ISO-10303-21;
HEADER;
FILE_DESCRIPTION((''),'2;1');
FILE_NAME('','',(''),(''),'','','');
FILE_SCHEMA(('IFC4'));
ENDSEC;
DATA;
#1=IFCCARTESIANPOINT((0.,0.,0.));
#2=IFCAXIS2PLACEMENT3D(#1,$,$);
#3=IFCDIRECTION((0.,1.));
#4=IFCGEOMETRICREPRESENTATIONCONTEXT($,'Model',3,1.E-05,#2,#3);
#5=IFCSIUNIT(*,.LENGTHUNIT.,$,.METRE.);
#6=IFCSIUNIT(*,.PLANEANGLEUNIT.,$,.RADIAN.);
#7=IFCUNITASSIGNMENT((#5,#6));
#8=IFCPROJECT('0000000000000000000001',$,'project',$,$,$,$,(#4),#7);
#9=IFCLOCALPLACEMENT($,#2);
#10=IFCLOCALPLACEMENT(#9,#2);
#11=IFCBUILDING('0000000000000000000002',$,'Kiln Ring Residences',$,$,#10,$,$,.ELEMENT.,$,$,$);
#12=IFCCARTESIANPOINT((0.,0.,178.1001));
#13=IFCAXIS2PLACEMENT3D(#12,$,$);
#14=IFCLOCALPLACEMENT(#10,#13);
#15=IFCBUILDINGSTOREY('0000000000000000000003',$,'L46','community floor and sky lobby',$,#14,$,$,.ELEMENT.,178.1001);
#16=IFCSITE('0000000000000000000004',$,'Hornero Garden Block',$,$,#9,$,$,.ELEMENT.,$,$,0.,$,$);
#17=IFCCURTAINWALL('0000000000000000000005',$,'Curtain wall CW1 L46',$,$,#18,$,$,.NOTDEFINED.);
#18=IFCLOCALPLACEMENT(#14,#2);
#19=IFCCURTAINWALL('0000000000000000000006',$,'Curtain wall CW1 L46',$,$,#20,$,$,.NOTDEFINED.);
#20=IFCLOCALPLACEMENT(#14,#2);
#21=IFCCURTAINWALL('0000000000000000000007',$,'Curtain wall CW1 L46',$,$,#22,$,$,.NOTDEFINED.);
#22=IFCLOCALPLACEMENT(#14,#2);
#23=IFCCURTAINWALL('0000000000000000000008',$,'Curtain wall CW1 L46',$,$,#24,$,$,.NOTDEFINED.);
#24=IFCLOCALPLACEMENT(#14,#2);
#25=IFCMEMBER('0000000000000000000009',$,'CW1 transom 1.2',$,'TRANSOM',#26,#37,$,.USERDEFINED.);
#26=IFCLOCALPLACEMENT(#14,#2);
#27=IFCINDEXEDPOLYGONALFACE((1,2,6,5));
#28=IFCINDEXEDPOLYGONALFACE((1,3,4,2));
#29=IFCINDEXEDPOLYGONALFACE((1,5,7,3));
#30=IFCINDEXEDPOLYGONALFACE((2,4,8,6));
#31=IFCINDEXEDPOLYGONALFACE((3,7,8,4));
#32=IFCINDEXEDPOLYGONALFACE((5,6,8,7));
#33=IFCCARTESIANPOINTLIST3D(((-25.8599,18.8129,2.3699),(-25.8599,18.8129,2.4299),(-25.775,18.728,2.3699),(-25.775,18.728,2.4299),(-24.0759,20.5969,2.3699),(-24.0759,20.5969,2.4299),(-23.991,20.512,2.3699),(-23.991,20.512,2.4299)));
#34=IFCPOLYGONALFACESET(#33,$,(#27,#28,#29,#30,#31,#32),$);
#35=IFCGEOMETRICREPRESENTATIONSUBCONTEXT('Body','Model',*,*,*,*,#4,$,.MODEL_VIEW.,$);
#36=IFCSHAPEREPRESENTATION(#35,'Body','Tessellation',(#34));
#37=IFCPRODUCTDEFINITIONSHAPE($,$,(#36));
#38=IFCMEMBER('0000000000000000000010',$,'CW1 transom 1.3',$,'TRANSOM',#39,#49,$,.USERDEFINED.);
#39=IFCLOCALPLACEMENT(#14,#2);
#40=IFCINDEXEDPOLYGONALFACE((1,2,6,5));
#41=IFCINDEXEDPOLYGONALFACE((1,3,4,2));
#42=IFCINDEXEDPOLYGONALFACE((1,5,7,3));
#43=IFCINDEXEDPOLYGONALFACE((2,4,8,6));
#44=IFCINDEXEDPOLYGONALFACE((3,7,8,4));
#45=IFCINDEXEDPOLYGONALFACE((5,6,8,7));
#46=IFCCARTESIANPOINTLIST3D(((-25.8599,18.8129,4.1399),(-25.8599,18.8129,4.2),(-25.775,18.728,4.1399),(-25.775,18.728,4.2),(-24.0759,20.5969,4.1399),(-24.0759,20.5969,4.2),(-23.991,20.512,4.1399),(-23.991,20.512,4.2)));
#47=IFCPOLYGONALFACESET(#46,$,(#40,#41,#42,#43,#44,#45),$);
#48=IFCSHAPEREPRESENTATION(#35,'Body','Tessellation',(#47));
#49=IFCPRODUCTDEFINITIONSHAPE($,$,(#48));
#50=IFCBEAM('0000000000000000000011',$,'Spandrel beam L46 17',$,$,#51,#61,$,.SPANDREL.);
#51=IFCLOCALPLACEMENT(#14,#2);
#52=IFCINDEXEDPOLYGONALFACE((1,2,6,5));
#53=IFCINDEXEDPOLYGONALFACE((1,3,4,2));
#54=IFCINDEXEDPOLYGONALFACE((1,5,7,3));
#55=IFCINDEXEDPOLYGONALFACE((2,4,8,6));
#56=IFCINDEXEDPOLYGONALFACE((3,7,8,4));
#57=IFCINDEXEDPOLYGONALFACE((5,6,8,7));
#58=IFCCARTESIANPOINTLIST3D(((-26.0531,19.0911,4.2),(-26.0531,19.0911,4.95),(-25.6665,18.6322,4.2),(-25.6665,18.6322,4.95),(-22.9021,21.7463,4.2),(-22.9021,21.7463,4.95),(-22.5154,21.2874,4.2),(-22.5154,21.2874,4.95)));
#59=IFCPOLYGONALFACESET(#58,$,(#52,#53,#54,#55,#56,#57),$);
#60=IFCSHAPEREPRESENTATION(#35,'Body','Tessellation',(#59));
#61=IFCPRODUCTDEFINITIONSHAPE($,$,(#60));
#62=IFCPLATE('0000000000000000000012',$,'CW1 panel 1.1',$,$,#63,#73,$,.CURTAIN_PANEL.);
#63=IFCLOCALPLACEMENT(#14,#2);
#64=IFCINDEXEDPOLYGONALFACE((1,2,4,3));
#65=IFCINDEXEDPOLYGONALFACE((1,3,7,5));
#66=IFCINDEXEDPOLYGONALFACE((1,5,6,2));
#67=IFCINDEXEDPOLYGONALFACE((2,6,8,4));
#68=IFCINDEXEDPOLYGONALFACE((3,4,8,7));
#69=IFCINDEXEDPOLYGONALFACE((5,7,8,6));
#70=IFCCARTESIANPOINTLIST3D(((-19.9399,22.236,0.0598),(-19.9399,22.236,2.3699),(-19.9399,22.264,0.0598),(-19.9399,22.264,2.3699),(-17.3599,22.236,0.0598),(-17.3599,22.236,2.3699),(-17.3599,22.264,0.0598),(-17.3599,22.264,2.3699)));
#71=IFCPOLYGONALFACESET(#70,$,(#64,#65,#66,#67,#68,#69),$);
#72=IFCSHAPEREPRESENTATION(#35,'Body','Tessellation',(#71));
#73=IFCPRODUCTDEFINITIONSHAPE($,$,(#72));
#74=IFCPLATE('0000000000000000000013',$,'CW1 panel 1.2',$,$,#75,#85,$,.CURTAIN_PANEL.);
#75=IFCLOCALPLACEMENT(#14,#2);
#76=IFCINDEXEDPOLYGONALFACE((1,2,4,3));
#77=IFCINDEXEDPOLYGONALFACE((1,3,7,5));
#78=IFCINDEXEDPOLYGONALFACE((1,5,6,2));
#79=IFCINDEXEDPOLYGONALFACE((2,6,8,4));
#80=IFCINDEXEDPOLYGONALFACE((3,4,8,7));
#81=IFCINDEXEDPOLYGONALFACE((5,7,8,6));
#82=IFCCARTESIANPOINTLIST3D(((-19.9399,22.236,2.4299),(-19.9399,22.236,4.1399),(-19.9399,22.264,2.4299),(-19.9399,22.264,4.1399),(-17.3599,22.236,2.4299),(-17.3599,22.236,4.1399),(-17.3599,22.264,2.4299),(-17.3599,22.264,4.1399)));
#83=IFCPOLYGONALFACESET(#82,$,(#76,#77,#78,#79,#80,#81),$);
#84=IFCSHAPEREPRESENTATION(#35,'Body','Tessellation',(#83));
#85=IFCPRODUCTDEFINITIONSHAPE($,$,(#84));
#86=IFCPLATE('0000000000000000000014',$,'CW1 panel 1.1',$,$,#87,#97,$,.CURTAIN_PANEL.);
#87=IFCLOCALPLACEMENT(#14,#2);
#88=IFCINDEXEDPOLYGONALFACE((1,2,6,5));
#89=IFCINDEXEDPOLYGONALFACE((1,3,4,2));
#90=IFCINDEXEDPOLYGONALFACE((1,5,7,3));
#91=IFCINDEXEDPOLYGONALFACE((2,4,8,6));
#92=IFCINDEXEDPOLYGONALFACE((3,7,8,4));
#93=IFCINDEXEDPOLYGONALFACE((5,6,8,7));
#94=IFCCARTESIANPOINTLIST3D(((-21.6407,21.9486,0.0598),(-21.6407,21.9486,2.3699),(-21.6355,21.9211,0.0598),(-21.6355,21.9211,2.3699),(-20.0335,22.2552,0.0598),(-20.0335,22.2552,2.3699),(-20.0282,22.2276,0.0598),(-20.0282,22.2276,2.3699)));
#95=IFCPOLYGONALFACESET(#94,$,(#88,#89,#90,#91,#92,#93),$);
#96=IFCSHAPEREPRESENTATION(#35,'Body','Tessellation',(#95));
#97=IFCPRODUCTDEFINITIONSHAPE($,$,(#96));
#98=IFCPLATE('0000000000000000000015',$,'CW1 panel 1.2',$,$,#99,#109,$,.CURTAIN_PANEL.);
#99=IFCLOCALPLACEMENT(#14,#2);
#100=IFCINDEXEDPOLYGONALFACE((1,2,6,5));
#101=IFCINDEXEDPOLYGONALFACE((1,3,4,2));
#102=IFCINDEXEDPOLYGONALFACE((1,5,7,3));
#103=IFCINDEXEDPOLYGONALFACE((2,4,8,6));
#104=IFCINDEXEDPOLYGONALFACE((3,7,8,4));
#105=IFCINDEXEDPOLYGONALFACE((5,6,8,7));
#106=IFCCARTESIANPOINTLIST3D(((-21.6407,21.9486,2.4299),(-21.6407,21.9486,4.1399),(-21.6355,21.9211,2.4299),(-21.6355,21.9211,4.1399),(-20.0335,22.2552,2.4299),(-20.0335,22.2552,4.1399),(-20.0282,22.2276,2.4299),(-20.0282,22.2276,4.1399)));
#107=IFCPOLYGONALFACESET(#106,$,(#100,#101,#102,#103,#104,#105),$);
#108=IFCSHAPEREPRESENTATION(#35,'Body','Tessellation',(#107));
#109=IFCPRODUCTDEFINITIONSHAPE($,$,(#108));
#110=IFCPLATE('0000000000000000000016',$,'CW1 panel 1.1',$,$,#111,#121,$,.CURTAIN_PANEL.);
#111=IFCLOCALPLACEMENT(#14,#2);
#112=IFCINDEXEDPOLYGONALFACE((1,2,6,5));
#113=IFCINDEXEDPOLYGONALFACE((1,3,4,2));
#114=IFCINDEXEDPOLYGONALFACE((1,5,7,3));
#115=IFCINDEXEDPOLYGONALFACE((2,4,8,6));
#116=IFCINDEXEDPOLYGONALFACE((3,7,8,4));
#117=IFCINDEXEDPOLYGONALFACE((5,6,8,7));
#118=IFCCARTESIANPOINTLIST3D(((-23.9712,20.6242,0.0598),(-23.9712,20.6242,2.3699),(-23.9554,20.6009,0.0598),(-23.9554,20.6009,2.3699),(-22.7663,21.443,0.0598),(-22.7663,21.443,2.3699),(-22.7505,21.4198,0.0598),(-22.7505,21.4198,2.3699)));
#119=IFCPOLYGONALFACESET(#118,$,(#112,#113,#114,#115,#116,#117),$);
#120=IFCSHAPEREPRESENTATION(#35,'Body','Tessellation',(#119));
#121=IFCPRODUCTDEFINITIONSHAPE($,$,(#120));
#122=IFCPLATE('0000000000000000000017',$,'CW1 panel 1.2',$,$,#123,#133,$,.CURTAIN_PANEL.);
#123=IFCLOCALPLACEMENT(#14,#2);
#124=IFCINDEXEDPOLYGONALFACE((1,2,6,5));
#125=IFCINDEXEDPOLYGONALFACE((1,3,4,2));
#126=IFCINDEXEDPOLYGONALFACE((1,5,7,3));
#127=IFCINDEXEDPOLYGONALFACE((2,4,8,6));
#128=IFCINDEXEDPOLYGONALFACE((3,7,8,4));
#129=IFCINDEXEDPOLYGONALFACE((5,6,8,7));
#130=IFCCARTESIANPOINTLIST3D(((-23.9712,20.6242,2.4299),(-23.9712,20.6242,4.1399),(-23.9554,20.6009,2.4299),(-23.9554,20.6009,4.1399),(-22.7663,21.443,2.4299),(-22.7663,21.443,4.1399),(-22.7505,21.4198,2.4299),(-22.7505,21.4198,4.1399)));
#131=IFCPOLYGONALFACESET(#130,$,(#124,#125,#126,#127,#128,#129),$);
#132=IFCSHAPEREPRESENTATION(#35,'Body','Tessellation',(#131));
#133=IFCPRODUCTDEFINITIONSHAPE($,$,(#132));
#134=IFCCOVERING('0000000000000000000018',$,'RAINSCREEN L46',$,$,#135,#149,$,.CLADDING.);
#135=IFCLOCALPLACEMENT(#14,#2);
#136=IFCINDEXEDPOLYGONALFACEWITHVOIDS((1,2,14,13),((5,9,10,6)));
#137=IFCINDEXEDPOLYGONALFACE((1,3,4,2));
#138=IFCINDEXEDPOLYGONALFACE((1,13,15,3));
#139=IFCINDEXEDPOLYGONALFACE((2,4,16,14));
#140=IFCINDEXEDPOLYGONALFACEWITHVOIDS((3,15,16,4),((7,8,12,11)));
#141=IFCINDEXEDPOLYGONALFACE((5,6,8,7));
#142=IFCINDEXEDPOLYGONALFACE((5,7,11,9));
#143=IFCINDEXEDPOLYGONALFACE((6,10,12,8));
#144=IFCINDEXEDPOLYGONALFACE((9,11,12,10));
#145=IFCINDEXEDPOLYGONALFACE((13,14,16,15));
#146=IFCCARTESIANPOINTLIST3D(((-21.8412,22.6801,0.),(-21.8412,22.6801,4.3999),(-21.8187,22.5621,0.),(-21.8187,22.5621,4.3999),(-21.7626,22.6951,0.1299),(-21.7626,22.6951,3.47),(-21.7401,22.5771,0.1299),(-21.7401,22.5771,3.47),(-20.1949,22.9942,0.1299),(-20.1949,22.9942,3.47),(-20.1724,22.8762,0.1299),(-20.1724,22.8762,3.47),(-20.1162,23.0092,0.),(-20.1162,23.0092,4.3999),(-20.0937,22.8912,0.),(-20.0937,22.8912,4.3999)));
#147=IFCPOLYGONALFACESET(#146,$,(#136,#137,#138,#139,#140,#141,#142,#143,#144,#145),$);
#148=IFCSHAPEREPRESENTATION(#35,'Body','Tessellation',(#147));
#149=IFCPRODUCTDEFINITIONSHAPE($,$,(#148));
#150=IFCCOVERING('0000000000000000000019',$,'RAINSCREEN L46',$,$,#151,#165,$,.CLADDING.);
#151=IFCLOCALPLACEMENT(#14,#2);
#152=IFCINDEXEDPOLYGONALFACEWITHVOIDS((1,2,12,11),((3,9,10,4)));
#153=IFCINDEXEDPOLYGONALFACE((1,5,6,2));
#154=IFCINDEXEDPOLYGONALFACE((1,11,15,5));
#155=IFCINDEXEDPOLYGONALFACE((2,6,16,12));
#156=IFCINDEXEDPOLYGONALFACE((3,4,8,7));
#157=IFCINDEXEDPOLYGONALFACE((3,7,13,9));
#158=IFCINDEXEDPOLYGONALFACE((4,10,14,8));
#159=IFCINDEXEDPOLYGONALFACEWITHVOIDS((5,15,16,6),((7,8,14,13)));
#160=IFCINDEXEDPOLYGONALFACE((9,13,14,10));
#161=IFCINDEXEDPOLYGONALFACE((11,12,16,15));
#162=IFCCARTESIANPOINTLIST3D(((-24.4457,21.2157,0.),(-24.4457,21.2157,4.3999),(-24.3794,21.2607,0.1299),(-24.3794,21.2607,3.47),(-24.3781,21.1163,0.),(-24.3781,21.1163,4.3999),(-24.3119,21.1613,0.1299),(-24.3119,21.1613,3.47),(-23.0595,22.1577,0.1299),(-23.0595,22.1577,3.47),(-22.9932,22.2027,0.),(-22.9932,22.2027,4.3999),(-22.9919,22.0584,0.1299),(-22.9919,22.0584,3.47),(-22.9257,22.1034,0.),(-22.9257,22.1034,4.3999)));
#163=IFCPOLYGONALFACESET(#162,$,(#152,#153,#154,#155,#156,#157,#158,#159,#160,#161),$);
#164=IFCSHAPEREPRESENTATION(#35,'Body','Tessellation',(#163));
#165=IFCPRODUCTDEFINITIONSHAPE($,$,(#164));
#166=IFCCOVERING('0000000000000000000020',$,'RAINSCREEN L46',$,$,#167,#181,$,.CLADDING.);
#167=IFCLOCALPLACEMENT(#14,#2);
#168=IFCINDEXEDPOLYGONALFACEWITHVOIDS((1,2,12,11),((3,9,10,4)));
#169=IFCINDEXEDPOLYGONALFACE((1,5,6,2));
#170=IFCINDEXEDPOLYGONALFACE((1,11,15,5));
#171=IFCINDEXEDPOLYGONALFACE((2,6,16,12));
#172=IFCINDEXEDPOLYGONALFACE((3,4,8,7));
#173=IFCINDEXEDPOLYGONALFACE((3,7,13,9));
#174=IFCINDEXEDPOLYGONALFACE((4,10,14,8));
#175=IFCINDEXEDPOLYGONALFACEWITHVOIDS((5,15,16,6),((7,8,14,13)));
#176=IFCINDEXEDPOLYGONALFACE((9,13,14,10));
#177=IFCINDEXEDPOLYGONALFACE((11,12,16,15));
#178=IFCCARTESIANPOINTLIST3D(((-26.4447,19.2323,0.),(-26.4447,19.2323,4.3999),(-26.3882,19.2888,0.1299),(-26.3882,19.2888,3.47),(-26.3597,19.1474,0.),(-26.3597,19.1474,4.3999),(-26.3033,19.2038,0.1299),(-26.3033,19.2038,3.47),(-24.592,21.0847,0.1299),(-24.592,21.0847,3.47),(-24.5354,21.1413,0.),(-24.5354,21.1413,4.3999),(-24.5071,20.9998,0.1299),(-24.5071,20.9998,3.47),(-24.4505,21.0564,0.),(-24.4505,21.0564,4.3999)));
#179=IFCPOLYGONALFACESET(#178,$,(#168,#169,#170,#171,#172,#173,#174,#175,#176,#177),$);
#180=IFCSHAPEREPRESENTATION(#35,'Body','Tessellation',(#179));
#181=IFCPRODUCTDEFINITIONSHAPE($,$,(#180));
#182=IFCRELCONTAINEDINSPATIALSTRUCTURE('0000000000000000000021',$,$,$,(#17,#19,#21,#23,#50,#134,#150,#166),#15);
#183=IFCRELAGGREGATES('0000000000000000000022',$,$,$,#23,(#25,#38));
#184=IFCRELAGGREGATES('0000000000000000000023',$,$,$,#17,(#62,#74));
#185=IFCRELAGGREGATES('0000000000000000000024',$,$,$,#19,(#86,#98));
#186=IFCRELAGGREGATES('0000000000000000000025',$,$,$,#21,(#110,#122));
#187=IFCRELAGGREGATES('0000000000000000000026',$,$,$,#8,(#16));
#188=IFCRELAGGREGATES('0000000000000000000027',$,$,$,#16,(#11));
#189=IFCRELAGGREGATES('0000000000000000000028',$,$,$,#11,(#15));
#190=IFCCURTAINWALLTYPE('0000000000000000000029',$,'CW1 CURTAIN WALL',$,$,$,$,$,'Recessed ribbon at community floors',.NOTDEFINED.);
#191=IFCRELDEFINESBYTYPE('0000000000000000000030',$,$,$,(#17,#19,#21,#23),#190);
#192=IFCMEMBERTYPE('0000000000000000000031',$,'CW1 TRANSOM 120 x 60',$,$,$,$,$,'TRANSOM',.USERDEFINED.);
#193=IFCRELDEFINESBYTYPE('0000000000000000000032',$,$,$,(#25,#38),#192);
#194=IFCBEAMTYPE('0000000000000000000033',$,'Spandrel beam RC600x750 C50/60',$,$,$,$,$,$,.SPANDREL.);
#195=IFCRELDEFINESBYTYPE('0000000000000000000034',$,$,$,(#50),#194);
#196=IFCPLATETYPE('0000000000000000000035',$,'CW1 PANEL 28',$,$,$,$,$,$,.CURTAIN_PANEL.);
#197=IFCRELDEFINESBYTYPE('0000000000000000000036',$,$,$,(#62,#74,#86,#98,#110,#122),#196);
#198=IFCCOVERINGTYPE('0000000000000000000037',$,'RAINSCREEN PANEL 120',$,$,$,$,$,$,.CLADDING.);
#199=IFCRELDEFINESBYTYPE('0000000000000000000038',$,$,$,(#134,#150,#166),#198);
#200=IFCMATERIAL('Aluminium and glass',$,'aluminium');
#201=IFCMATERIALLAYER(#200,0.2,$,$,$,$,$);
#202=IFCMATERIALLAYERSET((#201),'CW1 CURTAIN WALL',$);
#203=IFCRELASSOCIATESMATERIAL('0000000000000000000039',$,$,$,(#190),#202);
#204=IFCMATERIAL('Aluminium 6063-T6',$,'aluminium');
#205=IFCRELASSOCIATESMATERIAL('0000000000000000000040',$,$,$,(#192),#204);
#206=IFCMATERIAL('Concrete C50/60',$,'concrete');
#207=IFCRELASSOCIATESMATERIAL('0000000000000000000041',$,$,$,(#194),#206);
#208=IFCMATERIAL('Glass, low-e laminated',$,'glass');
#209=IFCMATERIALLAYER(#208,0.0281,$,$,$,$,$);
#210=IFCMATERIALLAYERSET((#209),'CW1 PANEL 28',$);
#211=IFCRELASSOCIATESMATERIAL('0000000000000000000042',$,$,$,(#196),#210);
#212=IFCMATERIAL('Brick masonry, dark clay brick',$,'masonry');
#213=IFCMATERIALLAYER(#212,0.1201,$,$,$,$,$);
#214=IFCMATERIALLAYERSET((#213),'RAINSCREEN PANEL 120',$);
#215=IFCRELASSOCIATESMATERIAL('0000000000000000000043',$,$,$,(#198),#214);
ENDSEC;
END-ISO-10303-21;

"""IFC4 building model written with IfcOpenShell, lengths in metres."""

from ifc_helpers import new_model, si_unit, direction, frame, origin, origin_2d, place, context, subcontext, project, spatial, polyline, rectangle, outline, extrude, material, layer, layer_set, material_profile, profile_set, type_object, element, aggregate, save


model = new_model("IFC4")

# Units and contexts
model_context = context("Model", 3, precision=1e-05, world=origin(), true_north=direction((0.0, 1.0)))
body_context = subcontext(model_context, "Body", "Model", "MODEL_VIEW")
ifc_project = project(units=[si_unit("LENGTHUNIT", "METRE"), si_unit("PLANEANGLEUNIT", "RADIAN")], contexts=[model_context])

# Site, building, storey
site_placement = place(None, origin())
site = spatial("IfcSite", under=ifc_project, at=site_placement, Name="Hornero Garden Block", CompositionType="ELEMENT", RefElevation=0.0)
building_placement = place(site_placement, origin())
building = spatial("IfcBuilding", under=site, at=building_placement, Name="Kiln Ring Residences", CompositionType="ELEMENT")
storey_placement = place(building_placement, frame((0.0, 0.0, 178.1001)))
storey = spatial("IfcBuildingStorey", under=building, at=storey_placement, Name="L46", Description="community floor and sky lobby", CompositionType="ELEMENT", Elevation=178.1001)

# Curtain wall
ifc_material_1 = material(Name="Aluminium and glass", Category="aluminium")
ifc_layer_1 = layer(ifc_material_1, 0.2)
ifc_layer_set_1 = layer_set([ifc_layer_1], Name="CW1 CURTAIN WALL")
curtain_wall_type = type_object("IfcCurtainWallType", Name="CW1 CURTAIN WALL", ElementType="Recessed ribbon at community floors", PredefinedType="NOTDEFINED", material=ifc_layer_set_1)
placement = place(storey_placement, origin())
curtain_wall_1 = element("IfcCurtainWall", 1, at=placement, inside=storey, type_object=curtain_wall_type, Name="Curtain wall CW1 L46", PredefinedType="NOTDEFINED")

# Curtain walls
curtain_wall_2 = element("IfcCurtainWall", 2, at=placement, inside=storey, type_object=curtain_wall_type, Name="Curtain wall CW1 L46", PredefinedType="NOTDEFINED")
curtain_wall_3 = element("IfcCurtainWall", 3, at=placement, inside=storey, type_object=curtain_wall_type, Name="Curtain wall CW1 L46", PredefinedType="NOTDEFINED")

# Curtain wall
curtain_wall_4 = element("IfcCurtainWall", 4, at=placement, inside=storey, type_object=curtain_wall_type, Name="Curtain wall CW1 L46", PredefinedType="NOTDEFINED")

# Members
ifc_material_2 = material(Name="Aluminium 6063-T6", Category="aluminium")
ifc_material_profile_1 = material_profile(ifc_material_2, rectangle(XDim=0.1201, YDim=0.0601, at=origin_2d()), Name="AL 120x60")
ifc_profile_set_1 = profile_set([ifc_material_profile_1], Name="Aluminium 6063-T6")
member_type_1 = type_object("IfcMemberType", Name="CW1 TRANSOM 120 x 60", ElementType="TRANSOM", PredefinedType="USERDEFINED", material=ifc_profile_set_1)
member_1_placement = place(storey_placement, frame((-24.0334, 20.5544, 2.3999), z_axis=(-0.707107, -0.707107, 0.0), x_axis=(0.707107, -0.707107, 0.0)))
member_1 = element("IfcMember", 5, at=member_1_placement, type_object=member_type_1, Name="CW1 transom 1.2", ObjectType="TRANSOM", PredefinedType="USERDEFINED", context=body_context, shape_type="SweptSolid", body=[
    extrude(rectangle(XDim=0.1201, YDim=0.0601, at=origin_2d()), origin(), (0.0, 0.0, 1.0), 2.5229),
])
member_2_placement = place(storey_placement, frame((-24.0334, 20.5544, 4.1699), z_axis=(-0.707107, -0.707107, 0.0), x_axis=(0.707107, -0.707107, 0.0)))
member_2 = element("IfcMember", 6, at=member_2_placement, type_object=member_type_1, Name="CW1 transom 1.3", ObjectType="TRANSOM", PredefinedType="USERDEFINED", context=body_context, shape_type="SweptSolid", body=[
    extrude(rectangle(XDim=0.1201, YDim=0.0601, at=origin_2d()), origin(), (0.0, 0.0, 1.0), 2.5229),
])
aggregate(curtain_wall_4, [member_1, member_2])

# Beam
ifc_material_3 = material(Name="Concrete C50/60", Category="concrete")
ifc_material_profile_2 = material_profile(ifc_material_3, rectangle(XDim=0.6001, YDim=0.75, at=origin_2d()), Name="RC600x750")
ifc_profile_set_2 = profile_set([ifc_material_profile_2], Name="Concrete C50/60")
beam_type = type_object("IfcBeamType", Name="Spandrel beam RC600x750 C50/60", PredefinedType="SPANDREL", material=ifc_profile_set_2)
beam_placement = place(storey_placement, frame((-22.7087, 21.5168, 4.575), z_axis=(-0.764708, -0.644377, 0.0), x_axis=(0.644377, -0.764708, 0.0)))
element("IfcBeam", 7, at=beam_placement, inside=storey, type_object=beam_type, Name="Spandrel beam L46 17", PredefinedType="SPANDREL", context=body_context, shape_type="SweptSolid", body=[
    extrude(rectangle(XDim=0.6001, YDim=0.75, at=origin_2d()), origin(), (0.0, 0.0, 1.0), 4.1206),
])

# Plates
ifc_material_4 = material(Name="Glass, low-e laminated", Category="glass")
ifc_layer_2 = layer(ifc_material_4, 0.0281)
ifc_layer_set_2 = layer_set([ifc_layer_2], Name="CW1 PANEL 28")
plate_type = type_object("IfcPlateType", Name="CW1 PANEL 28", PredefinedType="CURTAIN_PANEL", material=ifc_layer_set_2)
plate_1_placement = place(storey_placement, frame((-18.6499, 22.25, 0.0598), z_axis=(0.0, 0.0, 1.0), x_axis=(-1.0, 0.0, 0.0)))
plate_1 = element("IfcPlate", 8, at=plate_1_placement, type_object=plate_type, Name="CW1 panel 1.1", PredefinedType="CURTAIN_PANEL", context=body_context, shape_type="SweptSolid", body=[
    extrude(rectangle(XDim=2.5801, YDim=0.0281, at=origin_2d()), origin(), (0.0, 0.0, 1.0), 2.3101),
])
plate_2_placement = place(storey_placement, frame((-18.6499, 22.25, 2.4299), z_axis=(0.0, 0.0, 1.0), x_axis=(-1.0, 0.0, 0.0)))
plate_2 = element("IfcPlate", 9, at=plate_2_placement, type_object=plate_type, Name="CW1 panel 1.2", PredefinedType="CURTAIN_PANEL", context=body_context, shape_type="SweptSolid", body=[
    extrude(rectangle(XDim=2.5801, YDim=0.0281, at=origin_2d()), origin(), (0.0, 0.0, 1.0), 1.71),
])
aggregate(curtain_wall_1, [plate_1, plate_2])
plate_3_placement = place(storey_placement, frame((-20.8345, 22.0881, 0.0598), z_axis=(0.0, 0.0, 1.0), x_axis=(-0.98229, -0.187366, 0.0)))
plate_3 = element("IfcPlate", 10, at=plate_3_placement, type_object=plate_type, Name="CW1 panel 1.1", PredefinedType="CURTAIN_PANEL", context=body_context, shape_type="SweptSolid", body=[
    extrude(rectangle(XDim=1.6362, YDim=0.0281, at=origin_2d()), origin(), (0.0, 0.0, 1.0), 2.3101),
])
plate_4_placement = place(storey_placement, frame((-20.8345, 22.0881, 2.4299), z_axis=(0.0, 0.0, 1.0), x_axis=(-0.98229, -0.187366, 0.0)))
plate_4 = element("IfcPlate", 11, at=plate_4_placement, type_object=plate_type, Name="CW1 panel 1.2", PredefinedType="CURTAIN_PANEL", context=body_context, shape_type="SweptSolid", body=[
    extrude(rectangle(XDim=1.6362, YDim=0.0281, at=origin_2d()), origin(), (0.0, 0.0, 1.0), 1.71),
])
aggregate(curtain_wall_2, [plate_3, plate_4])
plate_5_placement = place(storey_placement, frame((-23.3608, 21.022, 0.0598), z_axis=(0.0, 0.0, 1.0), x_axis=(-0.827072, -0.562097, 0.0)))
plate_5 = element("IfcPlate", 12, at=plate_5_placement, type_object=plate_type, Name="CW1 panel 1.1", PredefinedType="CURTAIN_PANEL", context=body_context, shape_type="SweptSolid", body=[
    extrude(rectangle(XDim=1.4568, YDim=0.0281, at=origin_2d()), origin(), (0.0, 0.0, 1.0), 2.3101),
])
plate_6_placement = place(storey_placement, frame((-23.3608, 21.022, 2.4299), z_axis=(0.0, 0.0, 1.0), x_axis=(-0.827072, -0.562097, 0.0)))
plate_6 = element("IfcPlate", 13, at=plate_6_placement, type_object=plate_type, Name="CW1 panel 1.2", PredefinedType="CURTAIN_PANEL", context=body_context, shape_type="SweptSolid", body=[
    extrude(rectangle(XDim=1.4568, YDim=0.0281, at=origin_2d()), origin(), (0.0, 0.0, 1.0), 1.71),
])
aggregate(curtain_wall_3, [plate_5, plate_6])

# Coverings
ifc_material_5 = material(Name="Brick masonry, dark clay brick", Category="masonry")
ifc_layer_3 = layer(ifc_material_5, 0.1201)
ifc_layer_set_3 = layer_set([ifc_layer_3], Name="RAINSCREEN PANEL 120")
covering_type = type_object("IfcCoveringType", Name="RAINSCREEN PANEL 120", PredefinedType="CLADDING", material=ifc_layer_set_3)
for number, where, z_axis, x_axis, name in (
    (14, (-20.105, 22.9502, 0.0), (0.0, 0.0, 1.0), (-0.98228, -0.187419, 0.0), "RAINSCREEN L46"),
    (15, (-22.9595, 22.1531, 0.0), (0.0, 0.0, 1.0), (-0.827076, -0.562089, 0.0), "RAINSCREEN L46"),
):
    element("IfcCovering", number, at=place(storey_placement, frame(where, z_axis=z_axis, x_axis=x_axis)), inside=storey, type_object=covering_type, Name=name, PredefinedType="CLADDING", context=body_context, shape_type="SweptSolid", body=[
        extrude(outline(polyline([(0.0, 0.0), (1.7561, 0.0), (1.7561, 4.3999), (0.0, 4.3999), (0.0, 0.0)]), holes=[polyline([(0.0801, 3.47), (0.0801, 0.1299), (1.676, 0.1299), (1.676, 3.47), (0.0801, 3.47)])]), frame((0.0, 0.0601, 0.0), z_axis=(0.0, -1.0, 0.0), x_axis=(1.0, 0.0, 0.0)), (0.0, 0.0, 1.0), 0.1201),
    ])
covering_placement = place(storey_placement, frame((-24.4929, 21.0989, 0.0), z_axis=(0.0, 0.0, 1.0), x_axis=(-0.707152, -0.707062, 0.0)))
element("IfcCovering", 16, at=covering_placement, inside=storey, type_object=covering_type, Name="RAINSCREEN L46", PredefinedType="CLADDING", context=body_context, shape_type="SweptSolid", body=[
    extrude(outline(polyline([(0.0, 0.0), (2.7, 0.0), (2.7, 4.3999), (0.0, 4.3999), (0.0, 0.0)]), holes=[polyline([(0.0801, 3.47), (0.0801, 0.1299), (2.6201, 0.1299), (2.6201, 3.47), (0.0801, 3.47)])]), frame((0.0, 0.0601, 0.0), z_axis=(0.0, -1.0, 0.0), x_axis=(1.0, 0.0, 0.0)), (0.0, 0.0, 1.0), 0.1201),
])

save(model, "model.ifc")
